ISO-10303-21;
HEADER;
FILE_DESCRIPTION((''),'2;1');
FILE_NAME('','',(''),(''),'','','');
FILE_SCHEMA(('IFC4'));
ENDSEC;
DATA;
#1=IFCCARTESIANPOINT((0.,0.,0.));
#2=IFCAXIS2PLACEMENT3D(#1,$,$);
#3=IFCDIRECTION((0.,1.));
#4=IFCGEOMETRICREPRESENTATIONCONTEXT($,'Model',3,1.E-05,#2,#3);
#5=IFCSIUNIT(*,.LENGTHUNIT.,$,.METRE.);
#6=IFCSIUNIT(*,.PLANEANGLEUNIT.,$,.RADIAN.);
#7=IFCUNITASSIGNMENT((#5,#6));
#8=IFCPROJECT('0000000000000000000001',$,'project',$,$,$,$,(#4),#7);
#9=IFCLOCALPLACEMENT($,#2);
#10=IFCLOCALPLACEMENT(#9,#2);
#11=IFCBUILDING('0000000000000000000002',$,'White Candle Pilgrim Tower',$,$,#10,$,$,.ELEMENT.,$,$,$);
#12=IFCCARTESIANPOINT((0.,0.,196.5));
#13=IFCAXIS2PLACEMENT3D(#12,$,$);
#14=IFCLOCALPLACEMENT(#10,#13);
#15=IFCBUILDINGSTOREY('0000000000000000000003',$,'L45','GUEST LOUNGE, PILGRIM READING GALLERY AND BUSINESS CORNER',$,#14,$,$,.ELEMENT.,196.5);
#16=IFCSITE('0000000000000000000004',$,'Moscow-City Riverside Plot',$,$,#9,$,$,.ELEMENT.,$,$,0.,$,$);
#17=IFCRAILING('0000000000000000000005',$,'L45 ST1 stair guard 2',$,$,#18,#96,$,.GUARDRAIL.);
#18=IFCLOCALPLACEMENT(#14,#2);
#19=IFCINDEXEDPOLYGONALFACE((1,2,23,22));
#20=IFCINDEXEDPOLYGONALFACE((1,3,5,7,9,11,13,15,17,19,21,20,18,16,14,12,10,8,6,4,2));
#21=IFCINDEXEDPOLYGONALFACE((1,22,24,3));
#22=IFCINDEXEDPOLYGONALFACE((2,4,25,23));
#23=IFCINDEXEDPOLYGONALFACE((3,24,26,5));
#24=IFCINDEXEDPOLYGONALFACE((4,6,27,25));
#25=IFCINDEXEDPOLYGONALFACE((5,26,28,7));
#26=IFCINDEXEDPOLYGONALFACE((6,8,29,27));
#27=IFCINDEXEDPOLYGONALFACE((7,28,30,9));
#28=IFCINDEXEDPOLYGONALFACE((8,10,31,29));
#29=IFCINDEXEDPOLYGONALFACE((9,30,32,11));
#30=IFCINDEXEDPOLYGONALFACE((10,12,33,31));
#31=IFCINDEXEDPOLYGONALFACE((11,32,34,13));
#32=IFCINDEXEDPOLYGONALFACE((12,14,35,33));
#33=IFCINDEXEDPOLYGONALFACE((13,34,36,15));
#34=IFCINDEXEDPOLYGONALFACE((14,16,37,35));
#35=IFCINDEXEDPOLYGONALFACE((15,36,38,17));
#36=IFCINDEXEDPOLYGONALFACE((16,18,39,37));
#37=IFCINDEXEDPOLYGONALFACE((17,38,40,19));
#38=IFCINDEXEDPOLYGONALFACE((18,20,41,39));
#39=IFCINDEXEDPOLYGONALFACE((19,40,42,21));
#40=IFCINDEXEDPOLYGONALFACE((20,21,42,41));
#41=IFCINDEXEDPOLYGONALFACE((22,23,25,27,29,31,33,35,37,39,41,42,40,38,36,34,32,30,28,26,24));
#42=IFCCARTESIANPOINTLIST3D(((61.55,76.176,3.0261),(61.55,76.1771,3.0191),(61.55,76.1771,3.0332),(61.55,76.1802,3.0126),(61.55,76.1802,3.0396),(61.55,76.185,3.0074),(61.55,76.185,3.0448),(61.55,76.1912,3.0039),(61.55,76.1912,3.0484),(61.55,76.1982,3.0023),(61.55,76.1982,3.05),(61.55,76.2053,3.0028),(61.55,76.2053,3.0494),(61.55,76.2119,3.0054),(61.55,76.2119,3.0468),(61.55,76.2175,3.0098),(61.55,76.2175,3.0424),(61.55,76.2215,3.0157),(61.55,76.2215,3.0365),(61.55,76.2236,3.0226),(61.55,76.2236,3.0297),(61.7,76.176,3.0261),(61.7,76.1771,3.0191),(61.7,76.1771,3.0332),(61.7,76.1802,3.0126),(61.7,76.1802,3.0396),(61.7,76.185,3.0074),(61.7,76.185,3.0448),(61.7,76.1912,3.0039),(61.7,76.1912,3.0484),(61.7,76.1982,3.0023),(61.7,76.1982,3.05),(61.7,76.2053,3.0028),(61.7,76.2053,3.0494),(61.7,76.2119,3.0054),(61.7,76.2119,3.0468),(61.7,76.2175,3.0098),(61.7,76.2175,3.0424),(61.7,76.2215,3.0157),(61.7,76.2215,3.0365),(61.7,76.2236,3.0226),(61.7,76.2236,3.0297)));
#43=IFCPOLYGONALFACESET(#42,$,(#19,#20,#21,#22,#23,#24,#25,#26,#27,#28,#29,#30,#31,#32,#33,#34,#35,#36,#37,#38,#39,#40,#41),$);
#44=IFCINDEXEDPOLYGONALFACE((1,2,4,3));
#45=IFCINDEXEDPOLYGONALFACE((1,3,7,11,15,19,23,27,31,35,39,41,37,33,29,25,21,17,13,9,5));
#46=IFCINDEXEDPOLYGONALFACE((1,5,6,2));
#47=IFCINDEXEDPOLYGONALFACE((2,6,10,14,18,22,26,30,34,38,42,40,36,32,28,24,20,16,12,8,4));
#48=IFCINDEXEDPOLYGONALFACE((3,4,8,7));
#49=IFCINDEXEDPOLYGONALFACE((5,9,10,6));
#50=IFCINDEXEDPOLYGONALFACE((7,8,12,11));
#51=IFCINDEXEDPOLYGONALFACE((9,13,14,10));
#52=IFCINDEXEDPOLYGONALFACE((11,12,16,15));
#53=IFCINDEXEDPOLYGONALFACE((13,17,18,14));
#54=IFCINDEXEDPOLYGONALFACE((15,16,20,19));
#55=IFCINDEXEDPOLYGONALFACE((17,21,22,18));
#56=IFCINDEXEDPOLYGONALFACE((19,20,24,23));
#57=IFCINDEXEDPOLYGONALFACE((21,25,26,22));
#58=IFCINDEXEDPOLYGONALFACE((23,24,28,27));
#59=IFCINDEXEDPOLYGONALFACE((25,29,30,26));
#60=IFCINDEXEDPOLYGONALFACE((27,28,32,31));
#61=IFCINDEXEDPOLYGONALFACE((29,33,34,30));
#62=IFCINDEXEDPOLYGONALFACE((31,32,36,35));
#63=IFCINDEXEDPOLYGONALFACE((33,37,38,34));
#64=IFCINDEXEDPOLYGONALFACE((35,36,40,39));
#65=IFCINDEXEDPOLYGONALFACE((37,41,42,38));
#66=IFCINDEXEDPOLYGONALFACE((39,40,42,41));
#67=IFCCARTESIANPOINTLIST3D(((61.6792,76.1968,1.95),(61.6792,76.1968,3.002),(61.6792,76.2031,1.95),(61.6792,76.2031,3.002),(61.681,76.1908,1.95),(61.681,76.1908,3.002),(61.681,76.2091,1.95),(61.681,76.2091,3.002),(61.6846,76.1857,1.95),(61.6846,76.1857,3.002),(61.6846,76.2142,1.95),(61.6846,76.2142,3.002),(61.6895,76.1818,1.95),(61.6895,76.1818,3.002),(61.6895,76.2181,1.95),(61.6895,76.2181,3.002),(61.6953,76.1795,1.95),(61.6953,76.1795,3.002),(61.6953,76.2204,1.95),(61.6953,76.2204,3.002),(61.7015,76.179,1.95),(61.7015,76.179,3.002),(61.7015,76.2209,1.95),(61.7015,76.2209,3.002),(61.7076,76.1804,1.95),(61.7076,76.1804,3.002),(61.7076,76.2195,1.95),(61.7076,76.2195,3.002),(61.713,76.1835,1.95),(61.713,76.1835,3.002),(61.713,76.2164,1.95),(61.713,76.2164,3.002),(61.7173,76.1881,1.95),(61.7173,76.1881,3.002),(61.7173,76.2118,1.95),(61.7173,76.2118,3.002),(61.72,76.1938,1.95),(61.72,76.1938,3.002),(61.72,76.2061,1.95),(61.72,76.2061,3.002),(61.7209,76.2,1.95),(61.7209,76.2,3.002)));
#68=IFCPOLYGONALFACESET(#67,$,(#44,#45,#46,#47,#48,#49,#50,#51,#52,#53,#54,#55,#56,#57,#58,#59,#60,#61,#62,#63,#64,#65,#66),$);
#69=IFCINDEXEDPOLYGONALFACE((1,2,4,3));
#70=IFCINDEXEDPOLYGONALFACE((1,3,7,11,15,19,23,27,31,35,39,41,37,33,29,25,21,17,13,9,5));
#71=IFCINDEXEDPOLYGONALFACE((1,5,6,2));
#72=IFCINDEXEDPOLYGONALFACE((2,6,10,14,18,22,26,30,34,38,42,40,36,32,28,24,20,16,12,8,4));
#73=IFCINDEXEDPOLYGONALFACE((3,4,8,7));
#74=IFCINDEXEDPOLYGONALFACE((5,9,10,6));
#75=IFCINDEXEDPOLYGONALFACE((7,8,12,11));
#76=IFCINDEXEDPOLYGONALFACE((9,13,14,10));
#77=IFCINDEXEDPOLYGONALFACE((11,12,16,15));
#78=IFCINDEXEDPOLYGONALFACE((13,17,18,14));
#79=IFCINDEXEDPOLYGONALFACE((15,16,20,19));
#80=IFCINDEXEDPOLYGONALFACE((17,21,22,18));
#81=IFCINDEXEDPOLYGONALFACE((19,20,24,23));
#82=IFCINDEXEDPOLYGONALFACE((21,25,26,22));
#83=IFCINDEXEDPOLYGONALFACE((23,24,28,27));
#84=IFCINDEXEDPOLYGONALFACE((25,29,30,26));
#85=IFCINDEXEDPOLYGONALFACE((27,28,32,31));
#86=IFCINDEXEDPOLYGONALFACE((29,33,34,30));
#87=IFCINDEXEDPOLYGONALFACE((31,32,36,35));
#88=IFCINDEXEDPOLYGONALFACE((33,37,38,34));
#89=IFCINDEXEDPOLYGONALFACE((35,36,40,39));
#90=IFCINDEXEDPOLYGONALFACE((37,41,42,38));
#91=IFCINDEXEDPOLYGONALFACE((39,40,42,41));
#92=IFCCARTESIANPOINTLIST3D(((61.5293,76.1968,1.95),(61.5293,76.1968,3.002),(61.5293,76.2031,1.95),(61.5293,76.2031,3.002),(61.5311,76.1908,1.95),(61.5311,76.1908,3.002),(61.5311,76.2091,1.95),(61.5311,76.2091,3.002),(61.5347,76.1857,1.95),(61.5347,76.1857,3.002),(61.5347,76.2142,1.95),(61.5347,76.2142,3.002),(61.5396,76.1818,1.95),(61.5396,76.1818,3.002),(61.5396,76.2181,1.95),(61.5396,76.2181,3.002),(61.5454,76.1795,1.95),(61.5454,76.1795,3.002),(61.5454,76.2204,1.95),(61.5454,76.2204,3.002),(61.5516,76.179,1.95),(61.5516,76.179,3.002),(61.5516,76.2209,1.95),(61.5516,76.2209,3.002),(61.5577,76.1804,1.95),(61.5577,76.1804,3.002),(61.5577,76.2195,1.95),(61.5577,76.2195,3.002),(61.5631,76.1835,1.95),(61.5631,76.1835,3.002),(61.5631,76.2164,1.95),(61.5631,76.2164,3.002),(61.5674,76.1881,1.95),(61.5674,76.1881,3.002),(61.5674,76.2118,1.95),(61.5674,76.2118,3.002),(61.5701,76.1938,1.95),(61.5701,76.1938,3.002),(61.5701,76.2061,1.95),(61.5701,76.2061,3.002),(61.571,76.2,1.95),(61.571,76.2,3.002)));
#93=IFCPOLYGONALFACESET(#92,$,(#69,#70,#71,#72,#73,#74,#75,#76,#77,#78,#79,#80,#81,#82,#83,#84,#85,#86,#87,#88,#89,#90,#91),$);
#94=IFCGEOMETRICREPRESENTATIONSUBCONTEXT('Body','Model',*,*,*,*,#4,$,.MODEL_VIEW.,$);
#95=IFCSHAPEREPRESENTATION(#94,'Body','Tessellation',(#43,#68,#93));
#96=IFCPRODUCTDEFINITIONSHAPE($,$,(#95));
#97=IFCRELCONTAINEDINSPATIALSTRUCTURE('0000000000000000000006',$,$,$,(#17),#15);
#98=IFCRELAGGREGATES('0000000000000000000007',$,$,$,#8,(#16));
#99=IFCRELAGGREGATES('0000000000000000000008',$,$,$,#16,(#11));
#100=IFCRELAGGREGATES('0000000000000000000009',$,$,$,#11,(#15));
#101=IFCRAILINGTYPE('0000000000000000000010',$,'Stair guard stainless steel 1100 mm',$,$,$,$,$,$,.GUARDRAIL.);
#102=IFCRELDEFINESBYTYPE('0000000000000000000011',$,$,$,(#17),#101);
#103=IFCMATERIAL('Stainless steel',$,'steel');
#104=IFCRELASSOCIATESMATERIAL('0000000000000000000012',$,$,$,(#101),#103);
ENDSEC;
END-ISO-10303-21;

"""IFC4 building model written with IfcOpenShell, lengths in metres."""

from ifc_helpers import new_model, si_unit, direction, frame, origin, origin_2d, place, context, subcontext, project, spatial, circle, extrude, material, type_object, element, save


model = new_model("IFC4")

# Units and contexts
model_context = context("Model", 3, precision=1e-05, world=origin(), true_north=direction((0.0, 1.0)))
body_context = subcontext(model_context, "Body", "Model", "MODEL_VIEW")
ifc_project = project(units=[si_unit("LENGTHUNIT", "METRE"), si_unit("PLANEANGLEUNIT", "RADIAN")], contexts=[model_context])

# Site, building, storey
site_placement = place(None, origin())
site = spatial("IfcSite", under=ifc_project, at=site_placement, Name="Moscow-City Riverside Plot", CompositionType="ELEMENT", RefElevation=0.0)
building_placement = place(site_placement, origin())
building = spatial("IfcBuilding", under=site, at=building_placement, Name="White Candle Pilgrim Tower", CompositionType="ELEMENT")
storey_placement = place(building_placement, frame((0.0, 0.0, 196.5)))
storey = spatial("IfcBuildingStorey", under=building, at=storey_placement, Name="L45", Description="GUEST LOUNGE, PILGRIM READING GALLERY AND BUSINESS CORNER", CompositionType="ELEMENT", Elevation=196.5)

# Shared definitions
ifc_material_1 = material(Name="Stainless steel", Category="steel")

# Railing
railing_type_1 = type_object("IfcRailingType", Name="Stair guard stainless steel 1100 mm", PredefinedType="GUARDRAIL", material=ifc_material_1)
railing_1_placement = place(storey_placement, frame((61.7, 76.2, 1.95)))
element("IfcRailing", 1, at=railing_1_placement, inside=storey, type_object=railing_type_1, Name="L45 ST1 stair guard 2", PredefinedType="GUARDRAIL", context=body_context, shape_type="SweptSolid", body=[
    extrude(circle(Radius=0.0239, at=origin_2d()), frame((0.0, 0.0, 1.0762), z_axis=(-1.0, 0.0, 0.0), x_axis=(0.0, -1.0, 0.0)), (0.0, 0.0, 1.0), 0.1499),
    extrude(circle(Radius=0.021, at=origin_2d()), origin(), (0.0, 0.0, 1.0), 1.052),
    extrude(circle(Radius=0.021, at=origin_2d()), frame((-0.1499, 0.0, 0.0)), (0.0, 0.0, 1.0), 1.052),
])

save(model, "model.ifc")
